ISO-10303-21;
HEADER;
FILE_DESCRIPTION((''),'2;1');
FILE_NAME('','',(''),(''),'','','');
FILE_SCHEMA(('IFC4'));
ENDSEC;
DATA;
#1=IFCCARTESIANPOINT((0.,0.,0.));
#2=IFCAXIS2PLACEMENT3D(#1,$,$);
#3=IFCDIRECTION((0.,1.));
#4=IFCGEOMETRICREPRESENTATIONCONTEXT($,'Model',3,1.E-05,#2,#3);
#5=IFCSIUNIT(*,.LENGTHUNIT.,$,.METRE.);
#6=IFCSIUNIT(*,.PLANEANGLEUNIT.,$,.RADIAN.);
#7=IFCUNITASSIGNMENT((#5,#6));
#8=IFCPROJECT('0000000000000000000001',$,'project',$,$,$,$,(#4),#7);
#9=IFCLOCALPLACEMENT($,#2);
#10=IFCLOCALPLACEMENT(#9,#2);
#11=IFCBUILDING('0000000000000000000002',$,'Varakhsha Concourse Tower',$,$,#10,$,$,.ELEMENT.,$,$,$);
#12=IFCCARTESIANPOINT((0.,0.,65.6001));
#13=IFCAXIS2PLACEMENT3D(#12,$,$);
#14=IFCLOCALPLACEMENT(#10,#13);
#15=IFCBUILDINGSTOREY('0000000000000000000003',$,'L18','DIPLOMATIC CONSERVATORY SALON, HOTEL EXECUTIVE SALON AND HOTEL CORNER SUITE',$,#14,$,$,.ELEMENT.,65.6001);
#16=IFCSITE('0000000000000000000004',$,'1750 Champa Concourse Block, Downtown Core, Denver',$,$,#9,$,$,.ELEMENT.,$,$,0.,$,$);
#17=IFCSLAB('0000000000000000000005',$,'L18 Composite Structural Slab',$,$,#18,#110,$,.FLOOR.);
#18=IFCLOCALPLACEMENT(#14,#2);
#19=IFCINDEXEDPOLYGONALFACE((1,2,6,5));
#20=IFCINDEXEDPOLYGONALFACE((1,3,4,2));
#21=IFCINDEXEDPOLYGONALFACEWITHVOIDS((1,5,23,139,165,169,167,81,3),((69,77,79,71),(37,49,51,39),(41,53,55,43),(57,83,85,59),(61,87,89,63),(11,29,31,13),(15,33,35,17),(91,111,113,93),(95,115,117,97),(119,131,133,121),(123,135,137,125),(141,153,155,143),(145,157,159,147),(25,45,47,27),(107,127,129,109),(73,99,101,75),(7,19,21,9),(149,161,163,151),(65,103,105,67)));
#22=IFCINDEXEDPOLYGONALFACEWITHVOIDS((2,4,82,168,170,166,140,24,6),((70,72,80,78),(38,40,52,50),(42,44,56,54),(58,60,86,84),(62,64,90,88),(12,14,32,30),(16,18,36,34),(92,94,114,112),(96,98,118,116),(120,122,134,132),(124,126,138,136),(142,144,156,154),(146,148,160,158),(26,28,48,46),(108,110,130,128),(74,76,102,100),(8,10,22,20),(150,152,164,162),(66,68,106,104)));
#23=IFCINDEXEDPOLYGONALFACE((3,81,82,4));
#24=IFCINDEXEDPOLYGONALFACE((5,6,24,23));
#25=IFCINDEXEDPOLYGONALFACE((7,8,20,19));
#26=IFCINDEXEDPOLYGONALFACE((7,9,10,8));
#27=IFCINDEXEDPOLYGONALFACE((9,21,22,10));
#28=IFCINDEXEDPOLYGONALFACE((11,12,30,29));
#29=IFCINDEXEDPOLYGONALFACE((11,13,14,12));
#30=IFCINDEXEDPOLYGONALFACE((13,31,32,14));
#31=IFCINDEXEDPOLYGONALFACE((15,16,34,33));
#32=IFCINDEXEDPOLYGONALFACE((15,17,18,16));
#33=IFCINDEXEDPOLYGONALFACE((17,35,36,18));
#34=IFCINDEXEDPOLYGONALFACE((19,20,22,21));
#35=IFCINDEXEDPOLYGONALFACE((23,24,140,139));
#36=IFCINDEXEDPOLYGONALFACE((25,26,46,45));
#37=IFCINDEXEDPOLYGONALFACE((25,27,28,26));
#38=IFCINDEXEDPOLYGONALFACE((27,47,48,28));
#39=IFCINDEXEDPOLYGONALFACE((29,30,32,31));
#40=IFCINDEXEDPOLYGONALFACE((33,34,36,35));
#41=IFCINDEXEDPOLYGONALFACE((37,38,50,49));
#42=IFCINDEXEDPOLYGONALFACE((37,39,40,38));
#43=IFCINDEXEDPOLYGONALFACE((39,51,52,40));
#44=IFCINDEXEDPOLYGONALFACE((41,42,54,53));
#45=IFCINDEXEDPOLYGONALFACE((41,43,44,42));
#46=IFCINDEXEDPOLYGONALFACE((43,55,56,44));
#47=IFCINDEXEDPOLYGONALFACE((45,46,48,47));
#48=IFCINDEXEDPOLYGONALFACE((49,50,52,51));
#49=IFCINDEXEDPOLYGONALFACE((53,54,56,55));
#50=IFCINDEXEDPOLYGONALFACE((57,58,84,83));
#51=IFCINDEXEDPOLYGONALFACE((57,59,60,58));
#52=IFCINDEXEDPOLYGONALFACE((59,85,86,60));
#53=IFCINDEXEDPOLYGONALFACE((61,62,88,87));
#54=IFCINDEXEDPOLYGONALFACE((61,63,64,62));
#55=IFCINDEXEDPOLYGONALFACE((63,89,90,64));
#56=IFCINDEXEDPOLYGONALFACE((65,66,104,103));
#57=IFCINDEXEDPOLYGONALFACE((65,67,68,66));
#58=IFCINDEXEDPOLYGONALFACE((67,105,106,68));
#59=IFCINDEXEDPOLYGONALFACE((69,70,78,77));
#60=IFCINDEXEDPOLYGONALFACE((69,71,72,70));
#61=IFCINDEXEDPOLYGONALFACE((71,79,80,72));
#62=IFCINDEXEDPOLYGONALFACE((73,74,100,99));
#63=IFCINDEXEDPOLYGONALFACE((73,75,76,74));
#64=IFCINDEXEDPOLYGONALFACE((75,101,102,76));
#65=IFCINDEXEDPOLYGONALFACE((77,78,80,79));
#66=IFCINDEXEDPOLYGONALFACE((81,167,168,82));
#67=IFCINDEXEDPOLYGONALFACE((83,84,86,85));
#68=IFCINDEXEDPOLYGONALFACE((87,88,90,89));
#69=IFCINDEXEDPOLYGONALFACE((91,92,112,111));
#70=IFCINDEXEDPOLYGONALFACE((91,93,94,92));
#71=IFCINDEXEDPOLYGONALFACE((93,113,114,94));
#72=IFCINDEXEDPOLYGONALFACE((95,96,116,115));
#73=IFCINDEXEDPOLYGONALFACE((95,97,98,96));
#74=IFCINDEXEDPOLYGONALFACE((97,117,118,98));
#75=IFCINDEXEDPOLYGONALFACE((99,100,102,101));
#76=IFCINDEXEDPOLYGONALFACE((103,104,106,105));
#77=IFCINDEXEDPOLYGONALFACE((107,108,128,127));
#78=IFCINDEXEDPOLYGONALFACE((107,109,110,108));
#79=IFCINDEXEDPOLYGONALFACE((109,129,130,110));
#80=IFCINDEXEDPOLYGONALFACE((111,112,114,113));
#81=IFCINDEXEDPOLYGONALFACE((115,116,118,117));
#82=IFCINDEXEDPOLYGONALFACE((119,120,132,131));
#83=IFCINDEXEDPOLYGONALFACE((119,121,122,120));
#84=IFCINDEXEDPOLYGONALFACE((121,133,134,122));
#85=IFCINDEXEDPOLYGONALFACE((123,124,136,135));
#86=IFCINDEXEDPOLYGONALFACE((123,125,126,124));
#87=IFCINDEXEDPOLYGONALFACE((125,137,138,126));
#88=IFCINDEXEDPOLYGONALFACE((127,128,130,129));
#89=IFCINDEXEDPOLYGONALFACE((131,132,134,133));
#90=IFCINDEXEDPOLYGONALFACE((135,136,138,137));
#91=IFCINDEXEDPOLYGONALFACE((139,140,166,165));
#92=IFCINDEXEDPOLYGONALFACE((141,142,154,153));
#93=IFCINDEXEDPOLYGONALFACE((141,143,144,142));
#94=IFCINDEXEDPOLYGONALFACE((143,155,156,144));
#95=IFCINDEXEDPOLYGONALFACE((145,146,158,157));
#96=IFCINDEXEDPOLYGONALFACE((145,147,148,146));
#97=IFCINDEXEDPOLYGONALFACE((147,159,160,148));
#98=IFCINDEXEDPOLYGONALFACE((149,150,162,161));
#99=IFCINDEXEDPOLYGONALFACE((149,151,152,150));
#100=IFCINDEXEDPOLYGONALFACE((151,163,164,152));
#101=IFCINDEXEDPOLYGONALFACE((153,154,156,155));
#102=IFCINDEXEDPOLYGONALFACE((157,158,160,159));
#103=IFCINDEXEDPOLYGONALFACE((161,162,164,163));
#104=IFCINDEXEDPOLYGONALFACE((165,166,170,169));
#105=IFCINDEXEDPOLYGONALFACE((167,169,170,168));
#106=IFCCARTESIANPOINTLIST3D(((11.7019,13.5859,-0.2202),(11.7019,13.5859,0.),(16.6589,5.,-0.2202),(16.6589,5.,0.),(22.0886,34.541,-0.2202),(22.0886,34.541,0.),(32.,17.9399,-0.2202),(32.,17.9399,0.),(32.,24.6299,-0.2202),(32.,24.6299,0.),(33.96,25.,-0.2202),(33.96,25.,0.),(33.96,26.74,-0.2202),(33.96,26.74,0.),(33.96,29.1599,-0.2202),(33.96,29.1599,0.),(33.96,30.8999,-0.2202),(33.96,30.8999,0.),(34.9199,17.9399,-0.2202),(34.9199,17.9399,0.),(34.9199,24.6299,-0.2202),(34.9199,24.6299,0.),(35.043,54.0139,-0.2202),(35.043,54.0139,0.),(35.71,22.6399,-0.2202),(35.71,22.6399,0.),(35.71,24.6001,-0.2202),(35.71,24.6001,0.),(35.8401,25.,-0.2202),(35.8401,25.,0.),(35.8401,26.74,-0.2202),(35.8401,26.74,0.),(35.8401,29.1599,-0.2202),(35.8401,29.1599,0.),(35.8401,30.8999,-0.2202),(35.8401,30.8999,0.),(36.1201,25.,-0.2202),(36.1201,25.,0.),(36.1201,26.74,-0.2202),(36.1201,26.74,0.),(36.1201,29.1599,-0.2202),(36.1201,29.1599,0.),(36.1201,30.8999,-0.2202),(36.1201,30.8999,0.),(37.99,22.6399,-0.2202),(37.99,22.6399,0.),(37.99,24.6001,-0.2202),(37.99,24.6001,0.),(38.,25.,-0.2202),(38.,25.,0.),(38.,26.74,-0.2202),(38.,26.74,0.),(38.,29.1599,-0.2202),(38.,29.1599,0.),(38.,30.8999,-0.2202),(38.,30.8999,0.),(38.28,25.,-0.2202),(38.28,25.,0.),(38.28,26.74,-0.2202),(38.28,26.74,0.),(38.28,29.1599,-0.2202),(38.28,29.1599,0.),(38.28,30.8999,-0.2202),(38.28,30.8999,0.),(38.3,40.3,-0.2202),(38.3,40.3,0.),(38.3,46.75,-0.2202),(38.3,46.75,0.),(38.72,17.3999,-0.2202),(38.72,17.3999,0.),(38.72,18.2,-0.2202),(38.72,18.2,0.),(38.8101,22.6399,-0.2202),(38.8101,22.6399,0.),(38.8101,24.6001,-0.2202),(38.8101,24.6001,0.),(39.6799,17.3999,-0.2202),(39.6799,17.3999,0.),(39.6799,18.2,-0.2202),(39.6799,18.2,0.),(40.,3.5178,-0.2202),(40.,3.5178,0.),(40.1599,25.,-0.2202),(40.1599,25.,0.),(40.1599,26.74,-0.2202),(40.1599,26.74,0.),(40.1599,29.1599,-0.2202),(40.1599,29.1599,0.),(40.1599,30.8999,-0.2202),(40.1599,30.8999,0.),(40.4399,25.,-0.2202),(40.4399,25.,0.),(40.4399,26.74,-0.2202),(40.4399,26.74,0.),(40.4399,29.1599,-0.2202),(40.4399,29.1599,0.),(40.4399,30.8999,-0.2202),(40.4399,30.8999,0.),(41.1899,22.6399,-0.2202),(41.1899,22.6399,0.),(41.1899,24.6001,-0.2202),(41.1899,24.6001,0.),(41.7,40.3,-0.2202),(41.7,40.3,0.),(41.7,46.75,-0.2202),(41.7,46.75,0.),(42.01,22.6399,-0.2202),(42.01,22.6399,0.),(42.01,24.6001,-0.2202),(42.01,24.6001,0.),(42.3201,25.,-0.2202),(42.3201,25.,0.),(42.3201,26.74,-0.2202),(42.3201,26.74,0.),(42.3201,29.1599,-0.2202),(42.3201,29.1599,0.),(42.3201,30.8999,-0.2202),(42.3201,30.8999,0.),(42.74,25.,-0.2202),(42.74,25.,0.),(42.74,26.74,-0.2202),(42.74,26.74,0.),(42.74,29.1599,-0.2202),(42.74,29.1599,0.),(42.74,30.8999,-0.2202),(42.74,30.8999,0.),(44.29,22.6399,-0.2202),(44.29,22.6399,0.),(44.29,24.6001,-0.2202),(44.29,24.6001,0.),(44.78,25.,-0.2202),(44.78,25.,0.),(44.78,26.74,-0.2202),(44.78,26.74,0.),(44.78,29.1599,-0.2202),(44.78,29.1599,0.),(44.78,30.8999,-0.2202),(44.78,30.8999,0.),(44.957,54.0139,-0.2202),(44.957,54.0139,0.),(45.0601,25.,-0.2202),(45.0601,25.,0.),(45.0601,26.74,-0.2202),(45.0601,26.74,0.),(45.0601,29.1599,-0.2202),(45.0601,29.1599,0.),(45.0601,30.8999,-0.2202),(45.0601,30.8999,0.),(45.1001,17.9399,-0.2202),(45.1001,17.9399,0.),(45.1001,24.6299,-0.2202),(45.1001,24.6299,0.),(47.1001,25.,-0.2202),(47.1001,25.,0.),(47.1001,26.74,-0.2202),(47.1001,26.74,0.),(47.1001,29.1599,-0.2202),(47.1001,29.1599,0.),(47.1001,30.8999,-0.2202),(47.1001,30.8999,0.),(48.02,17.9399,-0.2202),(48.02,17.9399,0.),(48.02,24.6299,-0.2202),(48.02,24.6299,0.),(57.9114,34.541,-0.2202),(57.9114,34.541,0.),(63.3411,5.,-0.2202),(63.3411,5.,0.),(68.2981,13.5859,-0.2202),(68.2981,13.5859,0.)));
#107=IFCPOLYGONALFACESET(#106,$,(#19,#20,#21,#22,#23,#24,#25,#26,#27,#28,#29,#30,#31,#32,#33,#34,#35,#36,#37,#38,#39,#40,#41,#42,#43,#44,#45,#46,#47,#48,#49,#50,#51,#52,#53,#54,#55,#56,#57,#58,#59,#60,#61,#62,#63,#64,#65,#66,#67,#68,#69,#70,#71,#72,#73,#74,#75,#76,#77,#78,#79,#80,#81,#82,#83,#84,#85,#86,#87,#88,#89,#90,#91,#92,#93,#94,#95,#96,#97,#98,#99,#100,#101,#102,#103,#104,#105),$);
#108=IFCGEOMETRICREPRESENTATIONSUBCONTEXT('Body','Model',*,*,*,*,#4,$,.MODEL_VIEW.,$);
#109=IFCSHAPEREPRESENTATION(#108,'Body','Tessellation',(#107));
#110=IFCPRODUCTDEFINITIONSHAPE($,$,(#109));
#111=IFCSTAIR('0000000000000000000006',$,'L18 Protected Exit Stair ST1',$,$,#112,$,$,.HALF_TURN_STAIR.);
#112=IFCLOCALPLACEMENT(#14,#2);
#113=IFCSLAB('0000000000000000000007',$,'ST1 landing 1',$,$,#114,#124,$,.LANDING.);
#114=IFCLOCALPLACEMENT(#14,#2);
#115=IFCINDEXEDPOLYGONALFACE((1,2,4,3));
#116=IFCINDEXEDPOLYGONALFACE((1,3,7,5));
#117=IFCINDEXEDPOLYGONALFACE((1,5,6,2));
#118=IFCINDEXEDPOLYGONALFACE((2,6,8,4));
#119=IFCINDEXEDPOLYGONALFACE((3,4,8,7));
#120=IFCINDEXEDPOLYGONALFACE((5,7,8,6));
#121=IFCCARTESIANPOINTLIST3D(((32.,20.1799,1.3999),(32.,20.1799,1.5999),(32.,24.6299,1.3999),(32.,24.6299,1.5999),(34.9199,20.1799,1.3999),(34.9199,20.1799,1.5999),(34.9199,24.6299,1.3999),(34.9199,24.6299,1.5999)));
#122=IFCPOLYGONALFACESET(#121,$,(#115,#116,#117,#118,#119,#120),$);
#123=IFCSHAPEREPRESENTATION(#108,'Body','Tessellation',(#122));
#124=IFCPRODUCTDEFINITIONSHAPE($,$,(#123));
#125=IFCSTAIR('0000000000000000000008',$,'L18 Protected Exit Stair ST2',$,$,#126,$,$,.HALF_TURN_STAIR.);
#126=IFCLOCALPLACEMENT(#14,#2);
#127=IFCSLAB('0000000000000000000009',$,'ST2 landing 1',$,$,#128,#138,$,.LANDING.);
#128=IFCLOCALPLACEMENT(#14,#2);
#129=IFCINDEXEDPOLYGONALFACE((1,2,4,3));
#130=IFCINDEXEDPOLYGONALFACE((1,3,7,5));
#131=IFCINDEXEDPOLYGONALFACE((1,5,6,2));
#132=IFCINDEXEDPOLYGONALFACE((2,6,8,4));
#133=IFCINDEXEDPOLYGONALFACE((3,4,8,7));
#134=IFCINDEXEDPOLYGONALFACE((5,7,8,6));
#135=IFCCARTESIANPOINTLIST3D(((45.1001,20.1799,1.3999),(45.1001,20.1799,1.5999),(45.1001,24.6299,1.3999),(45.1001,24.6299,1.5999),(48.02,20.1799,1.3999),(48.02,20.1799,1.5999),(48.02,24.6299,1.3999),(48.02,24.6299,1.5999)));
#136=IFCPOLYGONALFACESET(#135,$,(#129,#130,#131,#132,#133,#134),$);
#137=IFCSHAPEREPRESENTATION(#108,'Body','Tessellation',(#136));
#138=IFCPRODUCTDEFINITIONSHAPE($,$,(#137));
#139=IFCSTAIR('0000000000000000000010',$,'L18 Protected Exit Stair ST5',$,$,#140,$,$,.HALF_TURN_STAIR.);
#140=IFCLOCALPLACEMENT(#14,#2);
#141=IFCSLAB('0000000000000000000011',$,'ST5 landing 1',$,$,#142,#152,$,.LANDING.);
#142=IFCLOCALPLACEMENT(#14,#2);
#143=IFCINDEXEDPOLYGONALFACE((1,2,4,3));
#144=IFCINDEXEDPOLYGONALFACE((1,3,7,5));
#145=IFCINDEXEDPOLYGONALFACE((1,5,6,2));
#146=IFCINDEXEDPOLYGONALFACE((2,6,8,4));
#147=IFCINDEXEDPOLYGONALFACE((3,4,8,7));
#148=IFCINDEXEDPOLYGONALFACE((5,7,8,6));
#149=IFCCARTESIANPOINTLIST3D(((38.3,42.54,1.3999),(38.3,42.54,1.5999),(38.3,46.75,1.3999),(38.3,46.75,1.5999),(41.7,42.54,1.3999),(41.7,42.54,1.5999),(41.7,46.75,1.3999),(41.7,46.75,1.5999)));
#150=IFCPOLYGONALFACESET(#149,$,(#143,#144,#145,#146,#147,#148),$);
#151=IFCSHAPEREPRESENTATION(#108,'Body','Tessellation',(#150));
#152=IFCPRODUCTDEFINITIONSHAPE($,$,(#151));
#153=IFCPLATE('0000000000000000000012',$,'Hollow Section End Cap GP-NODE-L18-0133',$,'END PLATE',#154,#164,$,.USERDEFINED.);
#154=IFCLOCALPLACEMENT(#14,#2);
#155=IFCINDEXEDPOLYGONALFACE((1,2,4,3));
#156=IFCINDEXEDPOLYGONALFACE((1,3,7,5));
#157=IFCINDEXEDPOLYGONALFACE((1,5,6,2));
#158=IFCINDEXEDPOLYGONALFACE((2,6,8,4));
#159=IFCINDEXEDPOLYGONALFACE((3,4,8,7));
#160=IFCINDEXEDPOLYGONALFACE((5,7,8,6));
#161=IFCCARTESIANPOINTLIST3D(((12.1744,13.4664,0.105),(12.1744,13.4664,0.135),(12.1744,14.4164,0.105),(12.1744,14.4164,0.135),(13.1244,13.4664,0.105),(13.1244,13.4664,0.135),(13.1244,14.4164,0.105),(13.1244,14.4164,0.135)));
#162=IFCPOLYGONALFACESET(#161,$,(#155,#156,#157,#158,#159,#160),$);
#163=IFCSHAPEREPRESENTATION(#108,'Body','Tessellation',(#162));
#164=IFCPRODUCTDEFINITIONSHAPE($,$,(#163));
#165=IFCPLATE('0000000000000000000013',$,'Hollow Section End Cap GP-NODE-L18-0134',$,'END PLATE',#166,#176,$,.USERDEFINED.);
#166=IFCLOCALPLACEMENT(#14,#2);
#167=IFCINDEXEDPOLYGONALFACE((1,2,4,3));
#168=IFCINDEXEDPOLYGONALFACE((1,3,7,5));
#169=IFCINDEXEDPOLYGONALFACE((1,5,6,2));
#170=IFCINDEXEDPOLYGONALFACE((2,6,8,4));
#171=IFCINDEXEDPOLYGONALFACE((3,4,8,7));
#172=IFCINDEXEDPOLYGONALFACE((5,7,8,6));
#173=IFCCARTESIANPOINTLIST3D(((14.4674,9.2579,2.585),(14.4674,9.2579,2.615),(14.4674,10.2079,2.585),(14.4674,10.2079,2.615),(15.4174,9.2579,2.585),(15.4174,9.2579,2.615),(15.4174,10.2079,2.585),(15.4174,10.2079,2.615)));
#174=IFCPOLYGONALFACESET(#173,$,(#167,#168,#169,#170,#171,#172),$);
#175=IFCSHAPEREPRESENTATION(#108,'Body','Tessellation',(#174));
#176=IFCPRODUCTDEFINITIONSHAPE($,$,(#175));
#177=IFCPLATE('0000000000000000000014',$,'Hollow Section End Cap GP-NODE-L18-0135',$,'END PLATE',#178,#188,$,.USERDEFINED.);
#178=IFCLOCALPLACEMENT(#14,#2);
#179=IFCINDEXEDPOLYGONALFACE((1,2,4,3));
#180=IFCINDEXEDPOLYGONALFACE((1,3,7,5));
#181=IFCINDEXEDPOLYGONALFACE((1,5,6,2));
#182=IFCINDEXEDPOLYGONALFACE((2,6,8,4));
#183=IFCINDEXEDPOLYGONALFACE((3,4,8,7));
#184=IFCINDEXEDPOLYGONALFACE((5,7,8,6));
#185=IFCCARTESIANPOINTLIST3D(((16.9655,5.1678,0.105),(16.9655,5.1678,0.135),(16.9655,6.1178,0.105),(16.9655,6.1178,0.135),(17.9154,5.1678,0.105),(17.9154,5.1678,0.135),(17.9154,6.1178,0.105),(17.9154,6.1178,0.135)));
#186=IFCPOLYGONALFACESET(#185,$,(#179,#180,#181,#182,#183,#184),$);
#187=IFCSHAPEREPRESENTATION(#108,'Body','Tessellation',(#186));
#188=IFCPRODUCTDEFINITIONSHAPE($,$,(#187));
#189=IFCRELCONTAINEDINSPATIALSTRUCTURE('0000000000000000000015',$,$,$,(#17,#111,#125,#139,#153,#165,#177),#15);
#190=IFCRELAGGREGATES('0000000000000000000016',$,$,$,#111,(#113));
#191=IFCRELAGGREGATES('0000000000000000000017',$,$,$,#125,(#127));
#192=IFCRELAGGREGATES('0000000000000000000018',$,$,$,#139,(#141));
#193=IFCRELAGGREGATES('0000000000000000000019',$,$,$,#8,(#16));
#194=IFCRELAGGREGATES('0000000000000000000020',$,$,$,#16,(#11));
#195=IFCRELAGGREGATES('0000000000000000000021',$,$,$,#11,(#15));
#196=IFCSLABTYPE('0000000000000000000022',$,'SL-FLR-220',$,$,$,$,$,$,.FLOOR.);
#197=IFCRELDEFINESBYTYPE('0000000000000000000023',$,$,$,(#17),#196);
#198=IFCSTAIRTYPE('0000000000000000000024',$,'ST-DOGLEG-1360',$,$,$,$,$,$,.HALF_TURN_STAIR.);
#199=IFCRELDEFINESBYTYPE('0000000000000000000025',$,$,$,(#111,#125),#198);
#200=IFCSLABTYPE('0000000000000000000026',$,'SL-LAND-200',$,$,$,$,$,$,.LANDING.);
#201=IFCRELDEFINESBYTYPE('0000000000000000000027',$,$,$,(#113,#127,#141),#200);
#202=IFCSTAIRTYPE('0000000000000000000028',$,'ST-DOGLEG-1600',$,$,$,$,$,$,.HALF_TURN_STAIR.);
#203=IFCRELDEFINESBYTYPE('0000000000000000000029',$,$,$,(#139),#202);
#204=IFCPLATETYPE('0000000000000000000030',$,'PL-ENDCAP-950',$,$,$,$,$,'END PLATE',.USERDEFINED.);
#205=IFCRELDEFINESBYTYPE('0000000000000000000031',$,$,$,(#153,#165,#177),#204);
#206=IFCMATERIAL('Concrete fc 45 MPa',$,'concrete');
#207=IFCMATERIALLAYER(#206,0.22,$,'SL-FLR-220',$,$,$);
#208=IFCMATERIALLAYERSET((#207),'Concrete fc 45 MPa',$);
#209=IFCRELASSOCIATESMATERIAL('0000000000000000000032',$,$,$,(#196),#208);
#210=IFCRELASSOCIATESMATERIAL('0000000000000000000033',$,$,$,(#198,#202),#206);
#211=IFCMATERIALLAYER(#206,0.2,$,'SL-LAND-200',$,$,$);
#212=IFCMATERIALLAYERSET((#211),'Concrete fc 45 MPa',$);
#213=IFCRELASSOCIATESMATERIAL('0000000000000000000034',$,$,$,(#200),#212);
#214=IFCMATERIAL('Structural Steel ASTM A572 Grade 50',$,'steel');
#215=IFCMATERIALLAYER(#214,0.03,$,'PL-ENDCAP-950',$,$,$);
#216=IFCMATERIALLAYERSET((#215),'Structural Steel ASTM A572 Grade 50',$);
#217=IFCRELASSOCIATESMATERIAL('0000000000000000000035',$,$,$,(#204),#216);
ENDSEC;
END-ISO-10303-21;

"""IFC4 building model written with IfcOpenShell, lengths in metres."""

from ifc_helpers import new_model, si_unit, direction, frame, origin, origin_2d, place, context, subcontext, project, spatial, polyline, rectangle, outline, extrude, source, transform, mapped, material, layer, layer_set, type_object, type_shapes, element, aggregate, save


model = new_model("IFC4")

# Units and contexts
model_context = context("Model", 3, precision=1e-05, world=origin(), true_north=direction((0.0, 1.0)))
body_context = subcontext(model_context, "Body", "Model", "MODEL_VIEW")
ifc_project = project(units=[si_unit("LENGTHUNIT", "METRE"), si_unit("PLANEANGLEUNIT", "RADIAN")], contexts=[model_context])

# Site, building, storey
site_placement = place(None, origin())
site = spatial("IfcSite", under=ifc_project, at=site_placement, Name="1750 Champa Concourse Block, Downtown Core, Denver", CompositionType="ELEMENT", RefElevation=0.0)
building_placement = place(site_placement, origin())
building = spatial("IfcBuilding", under=site, at=building_placement, Name="Varakhsha Concourse Tower", CompositionType="ELEMENT")
storey_placement = place(building_placement, frame((0.0, 0.0, 65.6001)))
storey = spatial("IfcBuildingStorey", under=building, at=storey_placement, Name="L18", Description="DIPLOMATIC CONSERVATORY SALON, HOTEL EXECUTIVE SALON AND HOTEL CORNER SUITE", CompositionType="ELEMENT", Elevation=65.6001)

# Shared definitions
ifc_material_1 = material(Name="Structural Steel ASTM A572 Grade 50", Category="steel")

# Slab
ifc_material_2 = material(Name="Concrete fc 45 MPa", Category="concrete")
ifc_layer_1 = layer(ifc_material_2, 0.22, Name="SL-FLR-220")
ifc_layer_set_1 = layer_set([ifc_layer_1], Name="Concrete fc 45 MPa")
slab_type_1 = type_object("IfcSlabType", Name="SL-FLR-220", PredefinedType="FLOOR", material=ifc_layer_set_1)
slab_1_placement = place(storey_placement, frame((0.0, 0.0, -0.2202)))
element("IfcSlab", 1, at=slab_1_placement, inside=storey, type_object=slab_type_1, Name="L18 Composite Structural Slab", PredefinedType="FLOOR", context=body_context, shape_type="SweptSolid", body=[
    extrude(outline(polyline([(44.957, 54.0139), (35.043, 54.0139), (22.0886, 34.541), (11.7019, 13.5859), (16.6589, 5.0), (40.0, 3.5178), (63.3411, 5.0), (68.2981, 13.5859), (57.9114, 34.541), (44.957, 54.0139)]), holes=[polyline([(34.9199, 17.9399), (34.9199, 24.6299), (32.0, 24.6299), (32.0, 17.9399), (34.9199, 17.9399)]), polyline([(48.02, 17.9399), (48.02, 24.6299), (45.1001, 24.6299), (45.1001, 17.9399), (48.02, 17.9399)]), polyline([(41.7, 40.3), (41.7, 46.75), (38.3, 46.75), (38.3, 40.3), (41.7, 40.3)]), polyline([(33.96, 29.1599), (35.8401, 29.1599), (35.8401, 30.8999), (33.96, 30.8999), (33.96, 29.1599)]), polyline([(36.1201, 29.1599), (38.0, 29.1599), (38.0, 30.8999), (36.1201, 30.8999), (36.1201, 29.1599)]), polyline([(38.28, 29.1599), (40.1599, 29.1599), (40.1599, 30.8999), (38.28, 30.8999), (38.28, 29.1599)]), polyline([(40.4399, 29.1599), (42.3201, 29.1599), (42.3201, 30.8999), (40.4399, 30.8999), (40.4399, 29.1599)]), polyline([(33.96, 25.0), (35.8401, 25.0), (35.8401, 26.74), (33.96, 26.74), (33.96, 25.0)]), polyline([(36.1201, 25.0), (38.0, 25.0), (38.0, 26.74), (36.1201, 26.74), (36.1201, 25.0)]), polyline([(38.28, 25.0), (40.1599, 25.0), (40.1599, 26.74), (38.28, 26.74), (38.28, 25.0)]), polyline([(40.4399, 25.0), (42.3201, 25.0), (42.3201, 26.74), (40.4399, 26.74), (40.4399, 25.0)]), polyline([(42.74, 29.1599), (44.78, 29.1599), (44.78, 30.8999), (42.74, 30.8999), (42.74, 29.1599)]), polyline([(45.0601, 29.1599), (47.1001, 29.1599), (47.1001, 30.8999), (45.0601, 30.8999), (45.0601, 29.1599)]), polyline([(42.74, 25.0), (44.78, 25.0), (44.78, 26.74), (42.74, 26.74), (42.74, 25.0)]), polyline([(45.0601, 25.0), (47.1001, 25.0), (47.1001, 26.74), (45.0601, 26.74), (45.0601, 25.0)]), polyline([(35.71, 22.6399), (37.99, 22.6399), (37.99, 24.6001), (35.71, 24.6001), (35.71, 22.6399)]), polyline([(42.01, 22.6399), (44.29, 22.6399), (44.29, 24.6001), (42.01, 24.6001), (42.01, 22.6399)]), polyline([(38.8101, 22.6399), (41.1899, 22.6399), (41.1899, 24.6001), (38.8101, 24.6001), (38.8101, 22.6399)]), polyline([(38.72, 17.3999), (39.6799, 17.3999), (39.6799, 18.2), (38.72, 18.2), (38.72, 17.3999)])]), origin(), (0.0, 0.0, 1.0), 0.2202),
])

# Stairs, slabs
stair_type_1 = type_object("IfcStairType", Name="ST-DOGLEG-1360", PredefinedType="HALF_TURN_STAIR", material=ifc_material_2)
stair_1_placement = place(storey_placement, origin())
stair_1 = element("IfcStair", 2, at=stair_1_placement, inside=storey, type_object=stair_type_1, Name="L18 Protected Exit Stair ST1", PredefinedType="HALF_TURN_STAIR")
ifc_layer_2 = layer(ifc_material_2, 0.2, Name="SL-LAND-200")
ifc_layer_set_2 = layer_set([ifc_layer_2], Name="Concrete fc 45 MPa")
slab_type_2 = type_object("IfcSlabType", Name="SL-LAND-200", PredefinedType="LANDING", material=ifc_layer_set_2)
slab_2_placement = place(storey_placement, frame((0.0, 0.0, 1.3999)))
slab_2 = element("IfcSlab", 3, at=slab_2_placement, type_object=slab_type_2, Name="ST1 landing 1", PredefinedType="LANDING", context=body_context, shape_type="SweptSolid", body=[
    extrude(outline(polyline([(34.9199, 20.1799), (34.9199, 24.6299), (32.0, 24.6299), (32.0, 20.1799), (34.9199, 20.1799)])), origin(), (0.0, 0.0, 1.0), 0.2),
])
aggregate(stair_1, [slab_2])
stair_2_placement = place(storey_placement, origin())
stair_2 = element("IfcStair", 4, at=stair_2_placement, inside=storey, type_object=stair_type_1, Name="L18 Protected Exit Stair ST2", PredefinedType="HALF_TURN_STAIR")
slab_3_placement = place(storey_placement, frame((0.0, 0.0, 1.3999)))
slab_3 = element("IfcSlab", 5, at=slab_3_placement, type_object=slab_type_2, Name="ST2 landing 1", PredefinedType="LANDING", context=body_context, shape_type="SweptSolid", body=[
    extrude(outline(polyline([(48.02, 20.1799), (48.02, 24.6299), (45.1001, 24.6299), (45.1001, 20.1799), (48.02, 20.1799)])), origin(), (0.0, 0.0, 1.0), 0.2),
])
aggregate(stair_2, [slab_3])
stair_type_2 = type_object("IfcStairType", Name="ST-DOGLEG-1600", PredefinedType="HALF_TURN_STAIR", material=ifc_material_2)
stair_3_placement = place(storey_placement, origin())
stair_3 = element("IfcStair", 6, at=stair_3_placement, inside=storey, type_object=stair_type_2, Name="L18 Protected Exit Stair ST5", PredefinedType="HALF_TURN_STAIR")
slab_4_placement = place(storey_placement, frame((0.0, 0.0, 1.3999)))
slab_4 = element("IfcSlab", 7, at=slab_4_placement, type_object=slab_type_2, Name="ST5 landing 1", PredefinedType="LANDING", context=body_context, shape_type="SweptSolid", body=[
    extrude(outline(polyline([(41.7, 42.54), (41.7, 46.75), (38.3, 46.75), (38.3, 42.54), (41.7, 42.54)])), origin(), (0.0, 0.0, 1.0), 0.2),
])
aggregate(stair_3, [slab_4])

# Plates
ifc_layer_3 = layer(ifc_material_1, 0.03, Name="PL-ENDCAP-950")
ifc_layer_set_3 = layer_set([ifc_layer_3], Name="Structural Steel ASTM A572 Grade 50")
plate_type_1 = type_object("IfcPlateType", Name="PL-ENDCAP-950", ElementType="END PLATE", PredefinedType="USERDEFINED", material=ifc_layer_set_3)
shared_shape_1 = source(origin(), body_context, "Body", "SweptSolid", [
    extrude(rectangle(XDim=0.95, YDim=0.95, at=origin_2d()), origin(), (0.0, 0.0, 1.0), 0.03),
])
type_shapes(plate_type_1, [shared_shape_1])
for number, where, z_axis, x_axis, name in (
    (8, (12.6494, 13.9414, 0.105), (0.0, 0.0, 1.0), (1.0, 0.0, 0.0), "Hollow Section End Cap GP-NODE-L18-0133"),
    (9, (14.9424, 9.7329, 2.585), (0.0, 0.0, 1.0), (1.0, 0.0, 0.0), "Hollow Section End Cap GP-NODE-L18-0134"),
    (10, (17.4404, 5.6428, 0.105), (0.0, 0.0, 1.0), (1.0, 0.0, 0.0), "Hollow Section End Cap GP-NODE-L18-0135"),
):
    element("IfcPlate", number, at=place(storey_placement, frame(where, z_axis=z_axis, x_axis=x_axis)), inside=storey, type_object=plate_type_1, Name=name, ObjectType="END PLATE", PredefinedType="USERDEFINED", context=body_context, shape_type="MappedRepresentation", body=[
        mapped(shared_shape_1, transform((0.0, 0.0, 0.0), scale=1.0)),
    ])

save(model, "model.ifc")
